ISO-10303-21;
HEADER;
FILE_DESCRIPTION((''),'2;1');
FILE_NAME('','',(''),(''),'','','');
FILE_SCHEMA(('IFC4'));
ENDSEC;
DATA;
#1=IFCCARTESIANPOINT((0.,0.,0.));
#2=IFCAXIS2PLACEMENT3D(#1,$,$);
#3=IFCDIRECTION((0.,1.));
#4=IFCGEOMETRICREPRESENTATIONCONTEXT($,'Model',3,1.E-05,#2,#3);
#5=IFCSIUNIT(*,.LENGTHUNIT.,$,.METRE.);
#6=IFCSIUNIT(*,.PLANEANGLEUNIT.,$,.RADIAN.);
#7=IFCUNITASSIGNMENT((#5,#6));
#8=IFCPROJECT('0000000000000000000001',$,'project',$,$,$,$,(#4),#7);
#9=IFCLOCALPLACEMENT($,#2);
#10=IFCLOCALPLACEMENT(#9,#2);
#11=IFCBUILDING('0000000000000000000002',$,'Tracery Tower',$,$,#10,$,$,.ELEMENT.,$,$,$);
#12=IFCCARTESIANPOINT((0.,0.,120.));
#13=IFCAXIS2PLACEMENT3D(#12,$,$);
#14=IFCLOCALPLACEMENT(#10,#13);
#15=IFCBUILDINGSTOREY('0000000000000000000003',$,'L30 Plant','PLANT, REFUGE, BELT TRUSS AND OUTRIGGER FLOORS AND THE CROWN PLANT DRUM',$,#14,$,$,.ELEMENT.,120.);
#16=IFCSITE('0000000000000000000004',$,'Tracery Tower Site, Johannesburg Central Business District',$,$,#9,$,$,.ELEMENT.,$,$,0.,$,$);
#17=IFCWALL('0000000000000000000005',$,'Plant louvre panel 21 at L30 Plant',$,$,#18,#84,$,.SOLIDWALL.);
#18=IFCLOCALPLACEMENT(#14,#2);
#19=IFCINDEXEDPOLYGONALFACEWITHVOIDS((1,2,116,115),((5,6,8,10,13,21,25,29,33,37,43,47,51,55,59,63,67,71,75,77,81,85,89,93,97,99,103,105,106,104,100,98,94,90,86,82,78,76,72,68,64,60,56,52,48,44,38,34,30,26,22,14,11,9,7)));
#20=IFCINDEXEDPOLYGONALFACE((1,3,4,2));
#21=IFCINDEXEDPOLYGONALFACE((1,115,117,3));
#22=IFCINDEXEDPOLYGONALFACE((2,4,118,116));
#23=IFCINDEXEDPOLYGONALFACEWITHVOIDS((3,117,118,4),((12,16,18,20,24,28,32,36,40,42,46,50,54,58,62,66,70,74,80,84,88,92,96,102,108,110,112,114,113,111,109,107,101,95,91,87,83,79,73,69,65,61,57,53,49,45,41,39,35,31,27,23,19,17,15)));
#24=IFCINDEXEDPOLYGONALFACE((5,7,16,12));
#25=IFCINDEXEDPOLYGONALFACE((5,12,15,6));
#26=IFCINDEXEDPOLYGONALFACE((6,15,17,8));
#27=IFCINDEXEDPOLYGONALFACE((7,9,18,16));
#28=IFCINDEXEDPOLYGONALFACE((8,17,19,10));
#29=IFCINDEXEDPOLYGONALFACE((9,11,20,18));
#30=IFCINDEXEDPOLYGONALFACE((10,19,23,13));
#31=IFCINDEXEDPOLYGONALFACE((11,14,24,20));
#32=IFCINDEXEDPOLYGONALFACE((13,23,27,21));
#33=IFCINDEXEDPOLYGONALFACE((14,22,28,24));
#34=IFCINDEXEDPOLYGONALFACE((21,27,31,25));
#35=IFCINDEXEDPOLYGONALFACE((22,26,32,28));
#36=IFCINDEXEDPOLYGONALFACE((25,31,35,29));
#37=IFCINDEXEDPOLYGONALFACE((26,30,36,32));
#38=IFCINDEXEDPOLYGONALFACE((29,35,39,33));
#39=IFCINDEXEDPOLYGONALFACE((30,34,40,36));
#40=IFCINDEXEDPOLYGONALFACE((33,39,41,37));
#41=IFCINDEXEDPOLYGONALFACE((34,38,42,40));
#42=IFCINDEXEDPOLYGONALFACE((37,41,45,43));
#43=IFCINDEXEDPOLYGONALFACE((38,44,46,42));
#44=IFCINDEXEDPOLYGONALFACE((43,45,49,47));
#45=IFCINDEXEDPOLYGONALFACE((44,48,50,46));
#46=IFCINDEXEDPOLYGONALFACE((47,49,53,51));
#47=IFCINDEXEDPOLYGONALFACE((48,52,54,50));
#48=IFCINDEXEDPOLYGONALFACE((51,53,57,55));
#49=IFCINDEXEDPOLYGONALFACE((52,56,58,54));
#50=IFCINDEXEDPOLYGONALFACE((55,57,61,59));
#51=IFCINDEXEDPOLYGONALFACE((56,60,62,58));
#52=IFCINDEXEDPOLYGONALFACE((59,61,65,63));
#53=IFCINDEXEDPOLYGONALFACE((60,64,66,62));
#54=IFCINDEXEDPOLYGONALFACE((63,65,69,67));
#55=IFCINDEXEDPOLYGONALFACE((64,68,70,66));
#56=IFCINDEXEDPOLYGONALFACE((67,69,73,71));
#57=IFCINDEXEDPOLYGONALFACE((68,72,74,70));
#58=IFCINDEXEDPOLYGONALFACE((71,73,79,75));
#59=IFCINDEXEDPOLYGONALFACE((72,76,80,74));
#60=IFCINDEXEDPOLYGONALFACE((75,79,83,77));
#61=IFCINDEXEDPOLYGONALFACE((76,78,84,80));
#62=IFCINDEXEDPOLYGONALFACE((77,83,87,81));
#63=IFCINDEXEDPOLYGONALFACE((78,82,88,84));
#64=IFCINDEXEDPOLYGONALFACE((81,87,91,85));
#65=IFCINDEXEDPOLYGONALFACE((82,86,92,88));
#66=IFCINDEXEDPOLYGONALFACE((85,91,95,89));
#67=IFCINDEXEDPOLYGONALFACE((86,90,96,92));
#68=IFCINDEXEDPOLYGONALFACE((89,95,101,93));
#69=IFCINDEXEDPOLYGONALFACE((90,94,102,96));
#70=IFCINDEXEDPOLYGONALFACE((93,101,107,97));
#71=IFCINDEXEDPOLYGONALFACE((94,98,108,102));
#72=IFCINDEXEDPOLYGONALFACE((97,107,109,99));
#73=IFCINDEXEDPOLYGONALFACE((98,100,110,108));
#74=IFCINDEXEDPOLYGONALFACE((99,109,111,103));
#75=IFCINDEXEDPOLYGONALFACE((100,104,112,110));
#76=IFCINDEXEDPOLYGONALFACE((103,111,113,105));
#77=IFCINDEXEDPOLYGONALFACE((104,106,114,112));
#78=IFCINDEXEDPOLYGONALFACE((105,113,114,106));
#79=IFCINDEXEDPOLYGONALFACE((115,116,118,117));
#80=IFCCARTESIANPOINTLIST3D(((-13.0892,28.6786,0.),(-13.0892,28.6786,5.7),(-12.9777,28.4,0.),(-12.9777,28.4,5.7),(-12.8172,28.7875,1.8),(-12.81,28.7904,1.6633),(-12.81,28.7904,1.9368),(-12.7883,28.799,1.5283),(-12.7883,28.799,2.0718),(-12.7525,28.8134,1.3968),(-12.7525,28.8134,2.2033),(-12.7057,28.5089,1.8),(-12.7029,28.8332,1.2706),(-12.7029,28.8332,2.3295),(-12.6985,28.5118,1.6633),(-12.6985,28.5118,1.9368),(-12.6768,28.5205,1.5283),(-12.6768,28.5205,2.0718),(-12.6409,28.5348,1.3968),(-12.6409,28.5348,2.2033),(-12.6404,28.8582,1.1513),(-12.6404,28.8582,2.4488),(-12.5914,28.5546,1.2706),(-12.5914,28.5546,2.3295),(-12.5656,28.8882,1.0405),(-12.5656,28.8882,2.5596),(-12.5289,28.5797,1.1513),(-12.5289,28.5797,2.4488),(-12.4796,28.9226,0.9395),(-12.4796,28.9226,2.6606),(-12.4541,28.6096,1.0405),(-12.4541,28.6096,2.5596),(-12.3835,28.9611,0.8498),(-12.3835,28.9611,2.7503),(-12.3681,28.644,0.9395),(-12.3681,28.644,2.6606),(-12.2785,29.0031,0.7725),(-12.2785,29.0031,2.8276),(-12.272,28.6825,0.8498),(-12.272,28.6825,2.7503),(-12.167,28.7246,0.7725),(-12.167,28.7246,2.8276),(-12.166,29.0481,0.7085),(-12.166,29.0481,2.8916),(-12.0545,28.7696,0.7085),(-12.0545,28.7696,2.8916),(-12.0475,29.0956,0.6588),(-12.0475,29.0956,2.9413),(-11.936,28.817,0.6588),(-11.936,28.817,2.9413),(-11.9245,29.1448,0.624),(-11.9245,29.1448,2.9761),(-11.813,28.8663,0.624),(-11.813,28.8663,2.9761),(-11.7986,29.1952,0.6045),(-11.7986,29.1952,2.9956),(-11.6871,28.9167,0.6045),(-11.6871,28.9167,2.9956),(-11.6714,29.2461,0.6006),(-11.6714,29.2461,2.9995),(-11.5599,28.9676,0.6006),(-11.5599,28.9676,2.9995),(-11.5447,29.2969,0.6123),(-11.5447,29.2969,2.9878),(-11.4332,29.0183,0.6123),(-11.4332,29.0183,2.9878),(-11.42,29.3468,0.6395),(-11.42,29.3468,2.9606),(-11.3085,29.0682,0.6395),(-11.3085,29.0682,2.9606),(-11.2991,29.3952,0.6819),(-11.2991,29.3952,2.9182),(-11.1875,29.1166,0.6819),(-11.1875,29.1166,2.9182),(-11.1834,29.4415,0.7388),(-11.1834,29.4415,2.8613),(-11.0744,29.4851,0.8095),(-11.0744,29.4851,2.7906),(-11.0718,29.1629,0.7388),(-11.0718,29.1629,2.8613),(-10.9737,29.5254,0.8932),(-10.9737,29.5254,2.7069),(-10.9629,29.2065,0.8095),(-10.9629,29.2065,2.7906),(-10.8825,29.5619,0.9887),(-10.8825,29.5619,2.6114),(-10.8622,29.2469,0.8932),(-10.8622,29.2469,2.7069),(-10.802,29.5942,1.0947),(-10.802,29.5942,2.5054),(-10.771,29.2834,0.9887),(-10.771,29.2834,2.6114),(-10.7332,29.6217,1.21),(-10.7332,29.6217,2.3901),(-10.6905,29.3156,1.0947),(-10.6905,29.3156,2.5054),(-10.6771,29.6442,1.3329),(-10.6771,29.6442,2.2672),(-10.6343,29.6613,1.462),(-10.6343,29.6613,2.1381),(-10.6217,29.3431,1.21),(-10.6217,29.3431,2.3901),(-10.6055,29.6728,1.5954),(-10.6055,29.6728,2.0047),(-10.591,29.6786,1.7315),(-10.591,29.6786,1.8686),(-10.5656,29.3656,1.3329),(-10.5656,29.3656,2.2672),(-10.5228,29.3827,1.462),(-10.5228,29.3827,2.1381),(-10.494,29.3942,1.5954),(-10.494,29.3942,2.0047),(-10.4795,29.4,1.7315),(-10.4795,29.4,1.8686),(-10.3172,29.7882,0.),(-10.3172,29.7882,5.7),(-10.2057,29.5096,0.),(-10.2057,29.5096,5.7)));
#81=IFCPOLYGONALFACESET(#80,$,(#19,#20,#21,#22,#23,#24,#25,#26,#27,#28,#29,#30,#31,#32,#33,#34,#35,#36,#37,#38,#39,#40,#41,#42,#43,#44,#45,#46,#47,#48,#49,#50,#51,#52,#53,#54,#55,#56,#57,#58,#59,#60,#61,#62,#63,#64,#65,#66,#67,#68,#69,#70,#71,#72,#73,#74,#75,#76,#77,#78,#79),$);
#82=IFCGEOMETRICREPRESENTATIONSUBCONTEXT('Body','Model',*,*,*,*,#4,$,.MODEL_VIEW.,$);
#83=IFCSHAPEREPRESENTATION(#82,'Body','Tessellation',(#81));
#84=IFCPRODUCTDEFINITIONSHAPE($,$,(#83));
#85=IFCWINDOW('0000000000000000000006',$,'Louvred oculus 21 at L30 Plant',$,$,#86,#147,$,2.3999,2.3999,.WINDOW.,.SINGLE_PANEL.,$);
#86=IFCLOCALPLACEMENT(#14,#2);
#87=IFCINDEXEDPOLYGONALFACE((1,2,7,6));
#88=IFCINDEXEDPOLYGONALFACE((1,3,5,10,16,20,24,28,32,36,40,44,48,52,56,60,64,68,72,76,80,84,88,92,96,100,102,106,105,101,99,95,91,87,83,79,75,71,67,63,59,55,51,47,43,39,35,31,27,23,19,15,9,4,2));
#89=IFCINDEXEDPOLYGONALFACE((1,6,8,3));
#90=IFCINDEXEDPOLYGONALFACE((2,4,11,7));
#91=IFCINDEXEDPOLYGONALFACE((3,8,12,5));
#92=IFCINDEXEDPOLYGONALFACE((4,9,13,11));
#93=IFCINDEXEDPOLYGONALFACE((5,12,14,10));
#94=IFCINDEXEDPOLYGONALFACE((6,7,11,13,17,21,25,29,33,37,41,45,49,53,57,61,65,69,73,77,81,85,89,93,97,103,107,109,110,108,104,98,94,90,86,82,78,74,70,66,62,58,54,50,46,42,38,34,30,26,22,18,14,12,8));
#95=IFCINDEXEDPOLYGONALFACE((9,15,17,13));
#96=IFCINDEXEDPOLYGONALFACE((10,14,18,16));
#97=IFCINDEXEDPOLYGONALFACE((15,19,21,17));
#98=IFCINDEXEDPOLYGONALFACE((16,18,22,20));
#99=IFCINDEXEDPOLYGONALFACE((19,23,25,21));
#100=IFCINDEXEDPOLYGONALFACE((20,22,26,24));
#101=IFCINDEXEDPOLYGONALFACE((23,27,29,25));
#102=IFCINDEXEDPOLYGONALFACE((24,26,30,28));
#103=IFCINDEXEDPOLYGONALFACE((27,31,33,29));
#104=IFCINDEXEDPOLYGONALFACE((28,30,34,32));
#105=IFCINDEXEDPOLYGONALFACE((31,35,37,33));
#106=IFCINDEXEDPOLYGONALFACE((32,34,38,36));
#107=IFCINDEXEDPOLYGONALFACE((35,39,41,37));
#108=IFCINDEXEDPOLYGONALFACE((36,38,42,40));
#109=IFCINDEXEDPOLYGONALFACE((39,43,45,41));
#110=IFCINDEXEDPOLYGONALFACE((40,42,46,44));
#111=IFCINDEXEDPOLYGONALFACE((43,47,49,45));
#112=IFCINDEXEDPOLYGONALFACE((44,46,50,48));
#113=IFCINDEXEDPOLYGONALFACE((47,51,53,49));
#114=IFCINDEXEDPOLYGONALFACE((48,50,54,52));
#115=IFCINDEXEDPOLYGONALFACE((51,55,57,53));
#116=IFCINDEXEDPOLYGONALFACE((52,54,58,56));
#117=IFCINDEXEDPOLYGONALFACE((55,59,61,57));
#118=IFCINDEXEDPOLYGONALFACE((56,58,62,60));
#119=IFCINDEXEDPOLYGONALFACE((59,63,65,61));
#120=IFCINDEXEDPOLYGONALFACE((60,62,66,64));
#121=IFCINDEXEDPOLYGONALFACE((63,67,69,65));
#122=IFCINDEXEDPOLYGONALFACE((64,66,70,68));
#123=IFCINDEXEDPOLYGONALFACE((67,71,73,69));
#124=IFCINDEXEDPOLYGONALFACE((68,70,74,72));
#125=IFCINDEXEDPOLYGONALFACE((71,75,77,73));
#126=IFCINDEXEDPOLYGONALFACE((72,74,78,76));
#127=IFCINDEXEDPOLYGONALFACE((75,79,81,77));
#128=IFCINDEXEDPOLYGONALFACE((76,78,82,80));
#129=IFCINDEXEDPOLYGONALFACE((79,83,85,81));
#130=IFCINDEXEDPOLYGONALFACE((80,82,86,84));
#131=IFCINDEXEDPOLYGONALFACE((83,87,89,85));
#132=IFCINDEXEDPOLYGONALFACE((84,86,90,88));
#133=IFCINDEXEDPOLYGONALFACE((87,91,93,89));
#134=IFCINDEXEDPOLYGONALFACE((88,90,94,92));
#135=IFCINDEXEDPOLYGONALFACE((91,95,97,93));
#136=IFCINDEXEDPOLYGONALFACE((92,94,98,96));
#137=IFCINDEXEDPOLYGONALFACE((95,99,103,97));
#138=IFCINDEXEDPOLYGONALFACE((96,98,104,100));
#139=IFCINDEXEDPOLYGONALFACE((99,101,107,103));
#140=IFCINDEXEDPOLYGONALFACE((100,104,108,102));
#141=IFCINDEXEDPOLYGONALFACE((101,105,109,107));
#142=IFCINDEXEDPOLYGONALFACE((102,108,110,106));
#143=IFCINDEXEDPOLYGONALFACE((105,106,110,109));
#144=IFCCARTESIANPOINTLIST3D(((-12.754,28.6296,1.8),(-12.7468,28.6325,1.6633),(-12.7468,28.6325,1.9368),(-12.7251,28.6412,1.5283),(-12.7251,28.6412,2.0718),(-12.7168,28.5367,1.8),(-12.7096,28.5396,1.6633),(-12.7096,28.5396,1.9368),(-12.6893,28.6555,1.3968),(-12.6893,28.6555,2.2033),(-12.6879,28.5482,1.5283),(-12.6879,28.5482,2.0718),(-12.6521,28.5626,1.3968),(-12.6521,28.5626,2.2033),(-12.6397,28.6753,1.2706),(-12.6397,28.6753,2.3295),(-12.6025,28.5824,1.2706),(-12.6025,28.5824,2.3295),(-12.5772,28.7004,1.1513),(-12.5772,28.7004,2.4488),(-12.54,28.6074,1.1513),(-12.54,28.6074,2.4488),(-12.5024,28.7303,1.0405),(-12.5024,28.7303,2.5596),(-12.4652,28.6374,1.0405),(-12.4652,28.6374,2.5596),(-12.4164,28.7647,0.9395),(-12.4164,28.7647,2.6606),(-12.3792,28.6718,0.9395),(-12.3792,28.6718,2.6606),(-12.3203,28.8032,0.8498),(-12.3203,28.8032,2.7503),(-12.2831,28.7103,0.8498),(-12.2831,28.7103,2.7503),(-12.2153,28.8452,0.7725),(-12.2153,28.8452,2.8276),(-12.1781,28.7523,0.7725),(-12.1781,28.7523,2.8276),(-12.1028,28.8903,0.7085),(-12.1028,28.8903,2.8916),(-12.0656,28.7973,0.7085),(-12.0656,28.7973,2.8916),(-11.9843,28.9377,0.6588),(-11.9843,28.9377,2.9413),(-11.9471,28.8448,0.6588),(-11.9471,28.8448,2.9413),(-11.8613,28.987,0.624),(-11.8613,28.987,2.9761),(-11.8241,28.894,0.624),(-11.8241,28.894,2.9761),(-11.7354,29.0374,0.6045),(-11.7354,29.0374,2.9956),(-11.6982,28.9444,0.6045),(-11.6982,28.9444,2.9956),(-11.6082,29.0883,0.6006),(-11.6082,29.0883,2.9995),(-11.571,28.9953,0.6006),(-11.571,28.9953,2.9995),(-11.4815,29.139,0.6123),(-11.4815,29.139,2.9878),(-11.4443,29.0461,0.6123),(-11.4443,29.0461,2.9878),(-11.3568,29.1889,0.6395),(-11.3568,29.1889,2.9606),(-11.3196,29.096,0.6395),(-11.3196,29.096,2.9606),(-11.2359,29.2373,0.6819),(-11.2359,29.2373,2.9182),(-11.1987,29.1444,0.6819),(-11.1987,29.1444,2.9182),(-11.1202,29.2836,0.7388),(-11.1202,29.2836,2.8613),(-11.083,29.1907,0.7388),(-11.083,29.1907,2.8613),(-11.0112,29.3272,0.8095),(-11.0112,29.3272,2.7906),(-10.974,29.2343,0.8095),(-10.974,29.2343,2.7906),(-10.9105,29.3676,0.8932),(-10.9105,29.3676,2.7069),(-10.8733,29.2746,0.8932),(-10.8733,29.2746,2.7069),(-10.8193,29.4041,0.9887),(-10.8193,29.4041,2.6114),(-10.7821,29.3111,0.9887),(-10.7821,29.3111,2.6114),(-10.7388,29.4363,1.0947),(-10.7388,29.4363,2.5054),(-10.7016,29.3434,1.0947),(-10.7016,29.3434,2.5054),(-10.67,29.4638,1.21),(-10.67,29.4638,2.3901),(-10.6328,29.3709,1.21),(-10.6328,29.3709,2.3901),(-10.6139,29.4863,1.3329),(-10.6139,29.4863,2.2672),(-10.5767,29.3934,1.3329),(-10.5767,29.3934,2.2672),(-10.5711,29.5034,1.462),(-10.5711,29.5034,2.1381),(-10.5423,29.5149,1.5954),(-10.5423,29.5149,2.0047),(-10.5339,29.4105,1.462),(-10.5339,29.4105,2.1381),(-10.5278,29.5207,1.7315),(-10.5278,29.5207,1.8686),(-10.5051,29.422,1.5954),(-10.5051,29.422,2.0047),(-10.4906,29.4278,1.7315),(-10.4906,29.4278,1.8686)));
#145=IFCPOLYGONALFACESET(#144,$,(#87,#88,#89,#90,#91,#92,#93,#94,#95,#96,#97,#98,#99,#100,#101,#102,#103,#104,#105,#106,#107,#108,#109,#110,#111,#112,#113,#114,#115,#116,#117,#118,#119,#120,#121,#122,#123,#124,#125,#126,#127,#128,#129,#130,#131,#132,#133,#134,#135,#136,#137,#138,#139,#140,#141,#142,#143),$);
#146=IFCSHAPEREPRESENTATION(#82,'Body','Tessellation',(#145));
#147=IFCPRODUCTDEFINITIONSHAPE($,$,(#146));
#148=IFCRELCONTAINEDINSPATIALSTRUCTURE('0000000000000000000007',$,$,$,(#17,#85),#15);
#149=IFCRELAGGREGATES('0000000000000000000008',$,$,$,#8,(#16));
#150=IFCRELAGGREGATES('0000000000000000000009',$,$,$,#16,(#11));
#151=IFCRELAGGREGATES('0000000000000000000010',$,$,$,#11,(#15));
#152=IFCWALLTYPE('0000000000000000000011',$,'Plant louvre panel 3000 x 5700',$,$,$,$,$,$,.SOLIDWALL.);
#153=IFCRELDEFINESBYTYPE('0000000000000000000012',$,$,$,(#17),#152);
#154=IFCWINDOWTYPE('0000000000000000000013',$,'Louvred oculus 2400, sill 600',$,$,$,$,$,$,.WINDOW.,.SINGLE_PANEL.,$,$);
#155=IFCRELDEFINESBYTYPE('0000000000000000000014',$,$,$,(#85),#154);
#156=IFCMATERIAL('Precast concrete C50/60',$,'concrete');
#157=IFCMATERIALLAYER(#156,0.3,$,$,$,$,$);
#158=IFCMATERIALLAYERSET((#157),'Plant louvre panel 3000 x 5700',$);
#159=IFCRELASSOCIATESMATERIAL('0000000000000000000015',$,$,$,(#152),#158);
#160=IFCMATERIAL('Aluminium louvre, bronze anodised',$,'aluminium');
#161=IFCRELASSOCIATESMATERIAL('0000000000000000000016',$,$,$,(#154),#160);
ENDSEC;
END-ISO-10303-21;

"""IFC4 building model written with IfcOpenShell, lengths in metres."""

from ifc_helpers import new_model, si_unit, direction, frame, frame_2d, origin, origin_2d, place, context, subcontext, project, spatial, rectangle, circle, extrude, material, layer, layer_set, type_object, element, fill, save


model = new_model("IFC4")

# Units and contexts
model_context = context("Model", 3, precision=1e-05, world=origin(), true_north=direction((0.0, 1.0)))
body_context = subcontext(model_context, "Body", "Model", "MODEL_VIEW")
ifc_project = project(units=[si_unit("LENGTHUNIT", "METRE"), si_unit("PLANEANGLEUNIT", "RADIAN")], contexts=[model_context])

# Site, building, storey
site_placement = place(None, origin())
site = spatial("IfcSite", under=ifc_project, at=site_placement, Name="Tracery Tower Site, Johannesburg Central Business District", CompositionType="ELEMENT", RefElevation=0.0)
building_placement = place(site_placement, origin())
building = spatial("IfcBuilding", under=site, at=building_placement, Name="Tracery Tower", CompositionType="ELEMENT")
storey_placement = place(building_placement, frame((0.0, 0.0, 120.0)))
storey = spatial("IfcBuildingStorey", under=building, at=storey_placement, Name="L30 Plant", Description="PLANT, REFUGE, BELT TRUSS AND OUTRIGGER FLOORS AND THE CROWN PLANT DRUM", CompositionType="ELEMENT", Elevation=120.0)

# Wall, opening, window
ifc_material_1 = material(Name="Precast concrete C50/60", Category="concrete")
ifc_layer_1 = layer(ifc_material_1, 0.3)
ifc_layer_set_1 = layer_set([ifc_layer_1], Name="Plant louvre panel 3000 x 5700")
wall_type_1 = type_object("IfcWallType", Name="Plant louvre panel 3000 x 5700", PredefinedType="SOLIDWALL", material=ifc_layer_set_1)
ifc_material_2 = material(Name="Aluminium louvre, bronze anodised", Category="aluminium")
window_type = type_object("IfcWindowType", Name="Louvred oculus 2400, sill 600", PartitioningType="SINGLE_PANEL", PredefinedType="WINDOW", material=ifc_material_2)
wall_1_placement = place(storey_placement, frame((-10.2615, 29.6489, 0.0), z_axis=(0.0, 0.0, 1.0), x_axis=(-0.928381, -0.37163, 0.0)))
wall_1 = element("IfcWall", 1, at=wall_1_placement, inside=storey, type_object=wall_type_1, Name="Plant louvre panel 21 at L30 Plant", PredefinedType="SOLIDWALL", context=body_context, shape_type="SweptSolid", body=[
    extrude(rectangle(XDim=2.9858, YDim=0.3, at=frame_2d((1.4929, 0.0))), origin(), (0.0, 0.0, 1.0), 5.7),
])
opening_1_placement = place(wall_1_placement, frame((1.4929, 0.0, 1.8)))
opening_1 = element("IfcOpeningElement", 2, at=opening_1_placement, cuts=wall_1, PredefinedType="OPENING", context=body_context, shape_type="SweptSolid", body=[
    extrude(circle(Radius=1.2, at=origin_2d()), frame((0.0, 0.1599, 0.0), z_axis=(0.0, -1.0, 0.0), x_axis=(1.0, 0.0, 0.0)), (0.0, 0.0, 1.0), 0.3201),
])
window_1_placement = place(opening_1_placement, origin())
window_1 = element("IfcWindow", 3, at=window_1_placement, inside=storey, type_object=window_type, Name="Louvred oculus 21 at L30 Plant", OverallHeight=2.3999, OverallWidth=2.3999, PartitioningType="SINGLE_PANEL", PredefinedType="WINDOW", context=body_context, shape_type="SweptSolid", body=[
    extrude(circle(Radius=1.2, at=origin_2d()), frame((0.0, 0.1201, 0.0), z_axis=(0.0, -1.0, 0.0), x_axis=(1.0, 0.0, 0.0)), (0.0, 0.0, 1.0), 0.1001),
])
fill(opening_1, window_1)

save(model, "model.ifc")
